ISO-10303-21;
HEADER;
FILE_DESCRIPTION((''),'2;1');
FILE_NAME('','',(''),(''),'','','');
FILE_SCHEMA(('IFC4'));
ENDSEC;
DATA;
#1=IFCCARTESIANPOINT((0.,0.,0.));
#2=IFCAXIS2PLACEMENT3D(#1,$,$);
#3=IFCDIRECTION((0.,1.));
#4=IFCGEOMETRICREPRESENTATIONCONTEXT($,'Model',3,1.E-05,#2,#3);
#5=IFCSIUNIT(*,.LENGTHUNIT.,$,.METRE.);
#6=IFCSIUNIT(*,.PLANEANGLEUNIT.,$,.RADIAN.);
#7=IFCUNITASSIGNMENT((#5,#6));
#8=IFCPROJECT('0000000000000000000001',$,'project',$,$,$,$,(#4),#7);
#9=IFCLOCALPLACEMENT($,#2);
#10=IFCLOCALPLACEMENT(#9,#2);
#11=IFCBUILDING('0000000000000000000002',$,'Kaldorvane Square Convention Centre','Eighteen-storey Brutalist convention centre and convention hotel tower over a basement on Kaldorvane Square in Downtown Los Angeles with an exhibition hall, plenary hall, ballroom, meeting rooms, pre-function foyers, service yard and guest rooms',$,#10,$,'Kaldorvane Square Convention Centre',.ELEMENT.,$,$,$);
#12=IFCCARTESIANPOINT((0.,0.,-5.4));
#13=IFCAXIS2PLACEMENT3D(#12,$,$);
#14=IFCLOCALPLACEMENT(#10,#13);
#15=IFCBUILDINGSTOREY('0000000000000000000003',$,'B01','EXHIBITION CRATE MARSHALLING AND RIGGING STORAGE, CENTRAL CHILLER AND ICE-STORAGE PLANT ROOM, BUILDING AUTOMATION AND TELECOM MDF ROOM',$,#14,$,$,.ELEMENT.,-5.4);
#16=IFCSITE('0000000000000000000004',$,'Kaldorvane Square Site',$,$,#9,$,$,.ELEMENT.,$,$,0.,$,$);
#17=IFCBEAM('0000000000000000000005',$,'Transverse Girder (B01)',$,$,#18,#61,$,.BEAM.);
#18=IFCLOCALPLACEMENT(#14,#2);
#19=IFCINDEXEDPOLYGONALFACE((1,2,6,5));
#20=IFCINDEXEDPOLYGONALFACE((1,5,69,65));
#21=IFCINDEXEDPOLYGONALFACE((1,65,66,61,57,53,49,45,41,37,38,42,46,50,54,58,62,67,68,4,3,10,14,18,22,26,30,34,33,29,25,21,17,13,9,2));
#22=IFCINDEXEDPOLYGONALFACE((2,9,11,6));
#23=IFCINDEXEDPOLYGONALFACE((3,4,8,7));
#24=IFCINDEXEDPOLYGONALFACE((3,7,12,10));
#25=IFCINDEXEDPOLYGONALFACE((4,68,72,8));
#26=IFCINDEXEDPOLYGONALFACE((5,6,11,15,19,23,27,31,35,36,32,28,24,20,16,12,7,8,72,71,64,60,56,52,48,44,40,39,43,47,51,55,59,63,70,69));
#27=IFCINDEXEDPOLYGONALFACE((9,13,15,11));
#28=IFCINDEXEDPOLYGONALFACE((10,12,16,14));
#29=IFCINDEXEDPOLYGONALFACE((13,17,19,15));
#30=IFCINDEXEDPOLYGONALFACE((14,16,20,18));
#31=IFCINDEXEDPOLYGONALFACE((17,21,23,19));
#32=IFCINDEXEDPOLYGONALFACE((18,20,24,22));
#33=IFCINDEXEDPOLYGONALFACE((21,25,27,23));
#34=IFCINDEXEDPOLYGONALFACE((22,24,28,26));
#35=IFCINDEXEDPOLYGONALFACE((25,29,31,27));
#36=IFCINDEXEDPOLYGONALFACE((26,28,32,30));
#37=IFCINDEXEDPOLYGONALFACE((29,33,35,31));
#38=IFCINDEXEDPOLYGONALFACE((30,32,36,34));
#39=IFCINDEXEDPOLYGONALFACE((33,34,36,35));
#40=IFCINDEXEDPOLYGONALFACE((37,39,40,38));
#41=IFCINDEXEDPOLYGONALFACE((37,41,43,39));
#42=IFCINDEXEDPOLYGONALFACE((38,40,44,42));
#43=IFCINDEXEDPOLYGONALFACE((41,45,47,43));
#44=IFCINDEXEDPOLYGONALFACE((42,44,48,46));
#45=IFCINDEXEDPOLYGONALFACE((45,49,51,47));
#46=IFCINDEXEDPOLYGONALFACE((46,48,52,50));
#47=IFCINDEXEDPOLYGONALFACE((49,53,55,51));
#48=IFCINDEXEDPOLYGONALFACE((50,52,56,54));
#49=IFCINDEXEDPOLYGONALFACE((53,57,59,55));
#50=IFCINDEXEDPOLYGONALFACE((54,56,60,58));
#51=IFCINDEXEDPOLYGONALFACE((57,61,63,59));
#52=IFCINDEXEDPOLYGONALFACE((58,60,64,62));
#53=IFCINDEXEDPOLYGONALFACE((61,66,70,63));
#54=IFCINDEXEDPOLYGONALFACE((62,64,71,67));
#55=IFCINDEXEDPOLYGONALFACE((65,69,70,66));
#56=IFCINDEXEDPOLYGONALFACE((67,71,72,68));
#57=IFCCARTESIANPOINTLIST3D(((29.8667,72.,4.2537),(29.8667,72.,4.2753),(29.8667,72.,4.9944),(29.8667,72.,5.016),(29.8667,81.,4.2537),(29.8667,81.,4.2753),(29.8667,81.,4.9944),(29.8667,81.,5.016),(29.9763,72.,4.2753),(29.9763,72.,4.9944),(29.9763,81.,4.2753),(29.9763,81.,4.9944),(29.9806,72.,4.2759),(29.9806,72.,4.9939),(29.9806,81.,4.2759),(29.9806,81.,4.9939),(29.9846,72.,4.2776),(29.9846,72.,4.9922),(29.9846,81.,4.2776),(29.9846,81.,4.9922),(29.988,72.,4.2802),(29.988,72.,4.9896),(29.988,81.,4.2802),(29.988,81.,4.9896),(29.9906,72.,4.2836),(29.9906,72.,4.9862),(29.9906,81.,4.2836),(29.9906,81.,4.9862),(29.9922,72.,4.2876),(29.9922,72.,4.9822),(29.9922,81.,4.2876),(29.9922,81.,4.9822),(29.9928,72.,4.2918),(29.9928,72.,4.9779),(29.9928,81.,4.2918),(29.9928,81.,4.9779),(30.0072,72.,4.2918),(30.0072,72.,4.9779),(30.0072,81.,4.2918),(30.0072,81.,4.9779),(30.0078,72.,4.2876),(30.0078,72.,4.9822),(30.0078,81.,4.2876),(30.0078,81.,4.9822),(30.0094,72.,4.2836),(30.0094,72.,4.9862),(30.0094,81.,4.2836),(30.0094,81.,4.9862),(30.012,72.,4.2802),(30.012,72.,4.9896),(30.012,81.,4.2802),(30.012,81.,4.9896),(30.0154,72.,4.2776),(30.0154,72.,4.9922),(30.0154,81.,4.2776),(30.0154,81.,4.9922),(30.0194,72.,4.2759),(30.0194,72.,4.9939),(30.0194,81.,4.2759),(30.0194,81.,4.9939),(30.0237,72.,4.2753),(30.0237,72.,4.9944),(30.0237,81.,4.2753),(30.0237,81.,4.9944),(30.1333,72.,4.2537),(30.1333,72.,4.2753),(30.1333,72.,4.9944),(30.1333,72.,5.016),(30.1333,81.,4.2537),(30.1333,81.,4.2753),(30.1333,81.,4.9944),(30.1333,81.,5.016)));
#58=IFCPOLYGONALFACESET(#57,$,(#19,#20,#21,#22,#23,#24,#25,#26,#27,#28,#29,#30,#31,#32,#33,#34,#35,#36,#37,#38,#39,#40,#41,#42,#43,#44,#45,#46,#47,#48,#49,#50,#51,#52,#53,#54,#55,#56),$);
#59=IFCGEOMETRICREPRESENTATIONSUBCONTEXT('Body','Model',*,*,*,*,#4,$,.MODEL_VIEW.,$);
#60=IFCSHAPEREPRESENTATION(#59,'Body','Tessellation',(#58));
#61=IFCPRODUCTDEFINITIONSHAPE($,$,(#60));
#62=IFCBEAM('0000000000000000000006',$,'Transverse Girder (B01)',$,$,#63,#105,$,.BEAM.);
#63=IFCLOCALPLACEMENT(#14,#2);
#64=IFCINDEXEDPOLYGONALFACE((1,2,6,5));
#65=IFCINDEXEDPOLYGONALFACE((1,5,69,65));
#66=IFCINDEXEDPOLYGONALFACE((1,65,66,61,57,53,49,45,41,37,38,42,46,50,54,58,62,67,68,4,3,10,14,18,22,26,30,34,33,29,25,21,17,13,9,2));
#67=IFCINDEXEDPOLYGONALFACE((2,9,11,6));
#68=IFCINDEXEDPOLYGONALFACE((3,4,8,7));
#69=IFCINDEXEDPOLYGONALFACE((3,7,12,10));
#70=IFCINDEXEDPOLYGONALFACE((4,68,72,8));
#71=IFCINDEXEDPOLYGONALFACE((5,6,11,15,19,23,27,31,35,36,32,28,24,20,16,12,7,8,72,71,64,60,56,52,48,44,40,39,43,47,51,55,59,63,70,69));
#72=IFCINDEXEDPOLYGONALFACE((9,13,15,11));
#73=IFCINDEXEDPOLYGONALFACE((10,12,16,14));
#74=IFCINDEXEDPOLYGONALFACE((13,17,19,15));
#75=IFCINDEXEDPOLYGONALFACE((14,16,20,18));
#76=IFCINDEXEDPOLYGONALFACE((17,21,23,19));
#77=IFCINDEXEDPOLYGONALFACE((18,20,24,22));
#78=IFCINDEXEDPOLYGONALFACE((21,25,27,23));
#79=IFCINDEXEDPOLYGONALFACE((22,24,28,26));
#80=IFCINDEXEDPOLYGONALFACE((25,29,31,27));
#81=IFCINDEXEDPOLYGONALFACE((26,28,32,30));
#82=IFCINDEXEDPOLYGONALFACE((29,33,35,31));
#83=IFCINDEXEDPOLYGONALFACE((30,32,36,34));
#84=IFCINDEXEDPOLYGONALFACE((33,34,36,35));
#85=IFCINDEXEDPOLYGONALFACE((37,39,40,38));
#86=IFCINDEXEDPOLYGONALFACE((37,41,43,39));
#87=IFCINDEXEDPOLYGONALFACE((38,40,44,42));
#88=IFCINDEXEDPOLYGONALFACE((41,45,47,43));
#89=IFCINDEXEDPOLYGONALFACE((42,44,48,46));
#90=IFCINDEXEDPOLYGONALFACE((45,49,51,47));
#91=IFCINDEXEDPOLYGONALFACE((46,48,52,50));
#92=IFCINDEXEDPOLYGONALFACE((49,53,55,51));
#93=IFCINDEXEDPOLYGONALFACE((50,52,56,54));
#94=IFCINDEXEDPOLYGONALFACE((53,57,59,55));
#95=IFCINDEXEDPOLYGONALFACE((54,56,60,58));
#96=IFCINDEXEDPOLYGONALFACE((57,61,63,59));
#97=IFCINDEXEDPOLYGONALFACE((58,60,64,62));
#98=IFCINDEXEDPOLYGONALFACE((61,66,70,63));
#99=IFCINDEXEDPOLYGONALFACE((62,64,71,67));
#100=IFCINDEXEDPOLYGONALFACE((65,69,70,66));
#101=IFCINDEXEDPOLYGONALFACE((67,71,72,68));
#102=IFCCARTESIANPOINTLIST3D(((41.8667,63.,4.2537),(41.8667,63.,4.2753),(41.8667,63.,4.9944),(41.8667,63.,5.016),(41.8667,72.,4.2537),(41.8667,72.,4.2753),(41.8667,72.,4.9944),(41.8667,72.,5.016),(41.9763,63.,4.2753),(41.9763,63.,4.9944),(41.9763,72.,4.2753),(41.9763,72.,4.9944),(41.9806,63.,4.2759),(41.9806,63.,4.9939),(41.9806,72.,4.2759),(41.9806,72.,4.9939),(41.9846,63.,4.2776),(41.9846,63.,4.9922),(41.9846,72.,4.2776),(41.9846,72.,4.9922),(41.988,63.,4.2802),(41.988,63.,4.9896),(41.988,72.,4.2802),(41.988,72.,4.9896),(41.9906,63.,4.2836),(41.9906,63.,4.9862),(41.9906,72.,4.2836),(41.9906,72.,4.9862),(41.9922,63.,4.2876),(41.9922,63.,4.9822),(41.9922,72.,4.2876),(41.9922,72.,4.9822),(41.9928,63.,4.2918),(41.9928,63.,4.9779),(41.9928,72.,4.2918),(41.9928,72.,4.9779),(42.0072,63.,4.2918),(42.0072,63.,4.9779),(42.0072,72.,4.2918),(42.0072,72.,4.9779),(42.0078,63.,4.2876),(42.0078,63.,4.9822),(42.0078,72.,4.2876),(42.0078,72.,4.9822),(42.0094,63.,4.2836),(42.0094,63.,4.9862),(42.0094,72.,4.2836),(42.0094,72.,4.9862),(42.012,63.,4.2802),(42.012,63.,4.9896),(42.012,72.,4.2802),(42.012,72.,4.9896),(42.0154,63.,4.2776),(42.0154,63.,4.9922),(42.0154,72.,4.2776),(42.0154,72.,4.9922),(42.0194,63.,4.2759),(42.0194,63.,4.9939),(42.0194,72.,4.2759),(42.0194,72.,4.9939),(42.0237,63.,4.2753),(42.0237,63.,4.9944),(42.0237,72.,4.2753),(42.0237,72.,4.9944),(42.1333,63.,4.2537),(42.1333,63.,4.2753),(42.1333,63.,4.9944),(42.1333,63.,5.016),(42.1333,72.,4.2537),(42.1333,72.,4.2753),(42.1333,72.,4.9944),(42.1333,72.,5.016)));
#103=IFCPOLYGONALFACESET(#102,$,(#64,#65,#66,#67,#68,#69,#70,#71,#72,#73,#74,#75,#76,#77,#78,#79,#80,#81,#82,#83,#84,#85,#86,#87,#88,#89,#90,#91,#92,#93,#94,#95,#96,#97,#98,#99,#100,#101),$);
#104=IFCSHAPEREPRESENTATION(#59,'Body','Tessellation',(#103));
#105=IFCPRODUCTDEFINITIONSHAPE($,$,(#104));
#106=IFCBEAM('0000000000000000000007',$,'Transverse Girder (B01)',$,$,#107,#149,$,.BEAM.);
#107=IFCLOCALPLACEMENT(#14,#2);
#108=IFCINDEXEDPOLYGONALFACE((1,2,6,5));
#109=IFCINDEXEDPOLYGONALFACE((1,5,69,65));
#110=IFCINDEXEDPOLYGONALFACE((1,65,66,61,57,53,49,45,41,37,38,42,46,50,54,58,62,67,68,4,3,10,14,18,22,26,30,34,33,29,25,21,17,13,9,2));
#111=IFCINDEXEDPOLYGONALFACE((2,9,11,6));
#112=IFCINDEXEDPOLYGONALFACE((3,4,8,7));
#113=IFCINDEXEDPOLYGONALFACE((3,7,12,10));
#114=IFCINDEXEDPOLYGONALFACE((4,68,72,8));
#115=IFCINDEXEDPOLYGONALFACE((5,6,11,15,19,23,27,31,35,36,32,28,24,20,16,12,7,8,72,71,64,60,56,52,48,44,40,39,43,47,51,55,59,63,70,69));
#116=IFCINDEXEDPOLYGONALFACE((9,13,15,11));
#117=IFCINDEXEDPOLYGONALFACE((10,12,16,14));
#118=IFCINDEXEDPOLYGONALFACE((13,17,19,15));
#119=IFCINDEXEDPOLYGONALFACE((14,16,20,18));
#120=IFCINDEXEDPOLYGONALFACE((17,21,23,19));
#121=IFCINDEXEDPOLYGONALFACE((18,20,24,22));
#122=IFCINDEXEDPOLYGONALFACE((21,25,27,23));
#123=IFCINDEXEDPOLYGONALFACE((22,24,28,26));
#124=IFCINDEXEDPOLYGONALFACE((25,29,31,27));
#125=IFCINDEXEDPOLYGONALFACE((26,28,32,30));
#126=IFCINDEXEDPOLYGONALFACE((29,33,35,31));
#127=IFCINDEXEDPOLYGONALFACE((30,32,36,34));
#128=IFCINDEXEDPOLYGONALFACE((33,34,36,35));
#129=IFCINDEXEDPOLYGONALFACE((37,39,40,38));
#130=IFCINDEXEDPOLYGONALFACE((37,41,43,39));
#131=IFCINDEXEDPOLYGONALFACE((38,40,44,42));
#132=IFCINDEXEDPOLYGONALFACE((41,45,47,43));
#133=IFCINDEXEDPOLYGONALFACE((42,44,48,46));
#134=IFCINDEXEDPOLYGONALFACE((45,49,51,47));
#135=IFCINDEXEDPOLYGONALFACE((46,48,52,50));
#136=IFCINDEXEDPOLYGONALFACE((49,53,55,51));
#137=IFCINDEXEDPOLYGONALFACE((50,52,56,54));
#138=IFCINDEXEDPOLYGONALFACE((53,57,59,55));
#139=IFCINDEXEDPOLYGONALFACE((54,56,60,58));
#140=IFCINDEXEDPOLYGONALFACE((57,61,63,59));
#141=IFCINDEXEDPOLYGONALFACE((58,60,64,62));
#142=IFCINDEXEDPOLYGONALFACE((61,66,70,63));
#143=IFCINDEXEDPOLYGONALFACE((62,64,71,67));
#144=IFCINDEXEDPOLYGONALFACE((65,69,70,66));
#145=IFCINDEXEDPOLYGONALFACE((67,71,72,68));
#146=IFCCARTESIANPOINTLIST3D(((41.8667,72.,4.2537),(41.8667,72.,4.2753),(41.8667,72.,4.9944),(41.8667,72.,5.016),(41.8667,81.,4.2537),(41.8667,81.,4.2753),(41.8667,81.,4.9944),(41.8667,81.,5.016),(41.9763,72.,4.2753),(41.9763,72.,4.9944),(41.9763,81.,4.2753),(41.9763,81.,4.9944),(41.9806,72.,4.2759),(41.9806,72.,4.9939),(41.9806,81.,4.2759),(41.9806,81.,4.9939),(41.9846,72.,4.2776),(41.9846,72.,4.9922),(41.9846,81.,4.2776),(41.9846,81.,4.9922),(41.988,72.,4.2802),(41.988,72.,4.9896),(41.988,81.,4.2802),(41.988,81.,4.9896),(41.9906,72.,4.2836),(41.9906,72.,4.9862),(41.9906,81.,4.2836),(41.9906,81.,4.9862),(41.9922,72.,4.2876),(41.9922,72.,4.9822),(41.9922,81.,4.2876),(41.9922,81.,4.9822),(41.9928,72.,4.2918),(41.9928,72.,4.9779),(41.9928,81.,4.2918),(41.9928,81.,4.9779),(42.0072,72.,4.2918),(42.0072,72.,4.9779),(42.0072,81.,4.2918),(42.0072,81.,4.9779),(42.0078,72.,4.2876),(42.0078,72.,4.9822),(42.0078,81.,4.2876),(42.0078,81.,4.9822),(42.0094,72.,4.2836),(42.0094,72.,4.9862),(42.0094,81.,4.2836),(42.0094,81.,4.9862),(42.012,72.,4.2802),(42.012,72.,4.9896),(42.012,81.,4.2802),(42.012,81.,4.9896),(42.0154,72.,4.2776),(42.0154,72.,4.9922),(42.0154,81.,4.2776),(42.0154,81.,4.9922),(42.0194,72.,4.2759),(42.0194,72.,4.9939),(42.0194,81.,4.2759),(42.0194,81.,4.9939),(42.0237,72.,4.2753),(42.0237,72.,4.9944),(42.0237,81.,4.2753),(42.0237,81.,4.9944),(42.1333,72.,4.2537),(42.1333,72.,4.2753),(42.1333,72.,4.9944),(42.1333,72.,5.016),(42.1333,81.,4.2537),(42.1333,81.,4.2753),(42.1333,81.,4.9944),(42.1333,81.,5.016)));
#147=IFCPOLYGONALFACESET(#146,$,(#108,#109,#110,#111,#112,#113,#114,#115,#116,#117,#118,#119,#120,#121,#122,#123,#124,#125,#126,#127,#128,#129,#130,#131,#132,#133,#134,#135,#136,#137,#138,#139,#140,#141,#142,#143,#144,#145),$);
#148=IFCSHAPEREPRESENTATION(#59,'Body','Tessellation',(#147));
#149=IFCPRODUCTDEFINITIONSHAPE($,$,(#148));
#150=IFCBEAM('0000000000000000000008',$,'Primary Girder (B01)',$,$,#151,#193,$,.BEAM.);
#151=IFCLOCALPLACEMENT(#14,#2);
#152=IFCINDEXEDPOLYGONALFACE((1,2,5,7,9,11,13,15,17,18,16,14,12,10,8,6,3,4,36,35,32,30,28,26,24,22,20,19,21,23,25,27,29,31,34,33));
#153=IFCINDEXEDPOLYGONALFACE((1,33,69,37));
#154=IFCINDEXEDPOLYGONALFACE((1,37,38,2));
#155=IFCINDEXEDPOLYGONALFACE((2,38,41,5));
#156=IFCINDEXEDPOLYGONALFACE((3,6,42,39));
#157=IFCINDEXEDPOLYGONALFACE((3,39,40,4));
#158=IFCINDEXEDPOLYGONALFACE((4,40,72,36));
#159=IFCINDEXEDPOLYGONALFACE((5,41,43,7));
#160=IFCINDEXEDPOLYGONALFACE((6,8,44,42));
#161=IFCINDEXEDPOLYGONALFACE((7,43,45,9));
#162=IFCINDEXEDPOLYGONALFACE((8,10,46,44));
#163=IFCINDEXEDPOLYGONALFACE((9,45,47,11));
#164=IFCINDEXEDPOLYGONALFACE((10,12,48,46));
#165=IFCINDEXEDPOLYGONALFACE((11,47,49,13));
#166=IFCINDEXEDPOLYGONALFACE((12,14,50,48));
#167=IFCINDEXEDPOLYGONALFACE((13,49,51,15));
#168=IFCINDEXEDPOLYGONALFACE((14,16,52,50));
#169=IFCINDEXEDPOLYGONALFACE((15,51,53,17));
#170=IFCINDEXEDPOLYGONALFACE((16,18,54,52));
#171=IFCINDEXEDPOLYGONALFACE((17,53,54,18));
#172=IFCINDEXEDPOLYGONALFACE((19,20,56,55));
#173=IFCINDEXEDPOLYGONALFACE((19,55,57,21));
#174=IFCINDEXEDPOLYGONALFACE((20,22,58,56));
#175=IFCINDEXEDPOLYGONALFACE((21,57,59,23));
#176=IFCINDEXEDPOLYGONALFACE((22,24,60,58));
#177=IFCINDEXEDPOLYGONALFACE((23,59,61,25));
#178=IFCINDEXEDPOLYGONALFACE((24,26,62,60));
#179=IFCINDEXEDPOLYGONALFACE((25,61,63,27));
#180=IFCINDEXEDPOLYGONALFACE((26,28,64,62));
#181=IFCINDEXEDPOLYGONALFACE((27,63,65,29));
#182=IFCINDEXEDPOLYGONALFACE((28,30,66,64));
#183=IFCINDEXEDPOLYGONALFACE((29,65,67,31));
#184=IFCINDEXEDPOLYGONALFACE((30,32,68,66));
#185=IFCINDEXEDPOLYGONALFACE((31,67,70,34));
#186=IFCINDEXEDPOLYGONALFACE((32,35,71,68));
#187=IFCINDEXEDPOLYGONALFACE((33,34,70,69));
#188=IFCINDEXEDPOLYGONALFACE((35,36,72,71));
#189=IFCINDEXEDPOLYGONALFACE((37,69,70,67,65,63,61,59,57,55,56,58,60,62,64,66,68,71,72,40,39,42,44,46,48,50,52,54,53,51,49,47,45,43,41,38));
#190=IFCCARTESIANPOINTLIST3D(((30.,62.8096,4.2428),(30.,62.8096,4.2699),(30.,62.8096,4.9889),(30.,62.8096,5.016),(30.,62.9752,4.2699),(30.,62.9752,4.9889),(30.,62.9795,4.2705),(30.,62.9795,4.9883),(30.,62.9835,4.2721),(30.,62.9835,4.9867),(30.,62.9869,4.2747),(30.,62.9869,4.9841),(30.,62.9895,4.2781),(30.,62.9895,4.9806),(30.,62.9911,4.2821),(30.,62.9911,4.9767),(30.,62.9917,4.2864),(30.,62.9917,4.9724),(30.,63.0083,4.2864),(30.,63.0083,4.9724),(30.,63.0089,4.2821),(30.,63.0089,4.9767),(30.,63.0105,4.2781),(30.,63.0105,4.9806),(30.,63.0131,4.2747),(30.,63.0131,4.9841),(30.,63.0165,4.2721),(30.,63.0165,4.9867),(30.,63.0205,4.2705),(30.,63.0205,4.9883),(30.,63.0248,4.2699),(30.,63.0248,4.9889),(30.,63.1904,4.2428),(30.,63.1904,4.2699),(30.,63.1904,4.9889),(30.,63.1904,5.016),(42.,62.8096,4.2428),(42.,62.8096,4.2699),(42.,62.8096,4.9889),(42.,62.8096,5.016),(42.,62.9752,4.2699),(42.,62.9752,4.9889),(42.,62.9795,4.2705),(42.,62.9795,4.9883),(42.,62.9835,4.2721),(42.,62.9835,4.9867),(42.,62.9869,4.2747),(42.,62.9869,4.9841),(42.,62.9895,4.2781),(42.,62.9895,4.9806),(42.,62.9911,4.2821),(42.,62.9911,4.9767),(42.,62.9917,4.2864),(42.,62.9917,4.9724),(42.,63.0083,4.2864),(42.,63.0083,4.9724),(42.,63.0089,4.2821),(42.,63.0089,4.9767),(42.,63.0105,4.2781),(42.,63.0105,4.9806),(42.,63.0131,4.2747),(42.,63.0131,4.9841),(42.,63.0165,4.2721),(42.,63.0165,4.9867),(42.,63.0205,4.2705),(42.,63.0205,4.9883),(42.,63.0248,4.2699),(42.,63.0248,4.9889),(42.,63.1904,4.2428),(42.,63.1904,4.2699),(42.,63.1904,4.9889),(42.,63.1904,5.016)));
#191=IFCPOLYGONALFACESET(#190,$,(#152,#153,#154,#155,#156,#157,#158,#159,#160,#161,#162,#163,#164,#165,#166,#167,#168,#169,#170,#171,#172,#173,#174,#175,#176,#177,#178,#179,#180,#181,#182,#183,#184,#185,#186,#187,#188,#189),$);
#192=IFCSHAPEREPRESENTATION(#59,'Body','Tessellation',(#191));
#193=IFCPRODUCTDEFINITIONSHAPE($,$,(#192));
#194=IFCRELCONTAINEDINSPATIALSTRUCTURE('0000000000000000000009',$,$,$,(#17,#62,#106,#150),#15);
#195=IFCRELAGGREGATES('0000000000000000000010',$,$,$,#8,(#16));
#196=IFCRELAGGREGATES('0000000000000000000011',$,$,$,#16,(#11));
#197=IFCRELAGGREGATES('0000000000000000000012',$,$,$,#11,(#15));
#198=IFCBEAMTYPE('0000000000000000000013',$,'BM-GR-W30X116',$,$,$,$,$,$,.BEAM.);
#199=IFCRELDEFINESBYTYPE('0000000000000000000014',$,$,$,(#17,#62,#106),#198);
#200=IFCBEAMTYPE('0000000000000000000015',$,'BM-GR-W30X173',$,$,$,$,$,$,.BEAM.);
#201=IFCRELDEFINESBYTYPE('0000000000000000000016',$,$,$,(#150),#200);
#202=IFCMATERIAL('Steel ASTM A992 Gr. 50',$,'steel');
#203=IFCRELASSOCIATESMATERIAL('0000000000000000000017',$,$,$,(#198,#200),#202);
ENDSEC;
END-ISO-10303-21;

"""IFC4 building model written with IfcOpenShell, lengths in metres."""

from ifc_helpers import new_model, si_unit, direction, frame, origin, origin_2d, place, context, subcontext, project, spatial, i_section, extrude, material, material_profile, profile_set, type_object, element, save


model = new_model("IFC4")

# Units and contexts
model_context = context("Model", 3, precision=1e-05, world=origin(), true_north=direction((0.0, 1.0)))
body_context = subcontext(model_context, "Body", "Model", "MODEL_VIEW")
ifc_project = project(units=[si_unit("LENGTHUNIT", "METRE"), si_unit("PLANEANGLEUNIT", "RADIAN")], contexts=[model_context])

# Site, building, storey
site_placement = place(None, origin())
site = spatial("IfcSite", under=ifc_project, at=site_placement, Name="Kaldorvane Square Site", CompositionType="ELEMENT", RefElevation=0.0)
building_placement = place(site_placement, origin())
building = spatial("IfcBuilding", under=site, at=building_placement, Name="Kaldorvane Square Convention Centre", Description="Eighteen-storey Brutalist convention centre and convention hotel tower over a basement on Kaldorvane Square in Downtown Los Angeles with an exhibition hall, plenary hall, ballroom, meeting rooms, pre-function foyers, service yard and guest rooms", LongName="Kaldorvane Square Convention Centre", CompositionType="ELEMENT")
storey_placement = place(building_placement, frame((0.0, 0.0, -5.4)))
storey = spatial("IfcBuildingStorey", under=building, at=storey_placement, Name="B01", Description="EXHIBITION CRATE MARSHALLING AND RIGGING STORAGE, CENTRAL CHILLER AND ICE-STORAGE PLANT ROOM, BUILDING AUTOMATION AND TELECOM MDF ROOM", CompositionType="ELEMENT", Elevation=-5.4)

# Shared definitions
ifc_material_1 = material(Name="Steel ASTM A992 Gr. 50", Category="steel")

# Beams
ifc_material_profile_1 = material_profile(ifc_material_1, i_section(OverallWidth=0.2666, OverallDepth=0.7623, WebThickness=0.0144, FlangeThickness=0.0216, FilletRadius=0.0165, at=origin_2d()), Name="W30X116")
ifc_profile_set_1 = profile_set([ifc_material_profile_1], Name="Steel ASTM A992 Gr. 50")
beam_type_1 = type_object("IfcBeamType", Name="BM-GR-W30X116", PredefinedType="BEAM", material=ifc_profile_set_1)
for number, where, z_axis, x_axis, name in (
    (1, (30.0, 72.0, 4.6349), (0.0, 1.0, 0.0), (-1.0, 0.0, 0.0), "Transverse Girder (B01)"),
    (2, (42.0, 63.0, 4.6349), (0.0, 1.0, 0.0), (-1.0, 0.0, 0.0), "Transverse Girder (B01)"),
    (3, (42.0, 72.0, 4.6349), (0.0, 1.0, 0.0), (-1.0, 0.0, 0.0), "Transverse Girder (B01)"),
):
    element("IfcBeam", number, at=place(storey_placement, frame(where, z_axis=z_axis, x_axis=x_axis)), inside=storey, type_object=beam_type_1, Name=name, PredefinedType="BEAM", context=body_context, shape_type="SweptSolid", body=[
        extrude(i_section(OverallWidth=0.2666, OverallDepth=0.7623, WebThickness=0.0144, FlangeThickness=0.0216, FilletRadius=0.0165, at=origin_2d()), origin(), (0.0, 0.0, 1.0), 9.0),
    ])
ifc_material_profile_2 = material_profile(ifc_material_1, i_section(OverallWidth=0.3807, OverallDepth=0.7732, WebThickness=0.0166, FlangeThickness=0.0271, FilletRadius=0.0165, at=origin_2d()), Name="W30X173")
ifc_profile_set_2 = profile_set([ifc_material_profile_2], Name="Steel ASTM A992 Gr. 50")
beam_type_2 = type_object("IfcBeamType", Name="BM-GR-W30X173", PredefinedType="BEAM", material=ifc_profile_set_2)
for number, where, z_axis, x_axis, name in (
    (4, (30.0, 63.0, 4.6294), (1.0, 0.0, 0.0), (0.0, 1.0, 0.0), "Primary Girder (B01)"),
):
    element("IfcBeam", number, at=place(storey_placement, frame(where, z_axis=z_axis, x_axis=x_axis)), inside=storey, type_object=beam_type_2, Name=name, PredefinedType="BEAM", context=body_context, shape_type="SweptSolid", body=[
        extrude(i_section(OverallWidth=0.3807, OverallDepth=0.7732, WebThickness=0.0166, FlangeThickness=0.0271, FilletRadius=0.0165, at=origin_2d()), origin(), (0.0, 0.0, 1.0), 12.0),
    ])

save(model, "model.ifc")
